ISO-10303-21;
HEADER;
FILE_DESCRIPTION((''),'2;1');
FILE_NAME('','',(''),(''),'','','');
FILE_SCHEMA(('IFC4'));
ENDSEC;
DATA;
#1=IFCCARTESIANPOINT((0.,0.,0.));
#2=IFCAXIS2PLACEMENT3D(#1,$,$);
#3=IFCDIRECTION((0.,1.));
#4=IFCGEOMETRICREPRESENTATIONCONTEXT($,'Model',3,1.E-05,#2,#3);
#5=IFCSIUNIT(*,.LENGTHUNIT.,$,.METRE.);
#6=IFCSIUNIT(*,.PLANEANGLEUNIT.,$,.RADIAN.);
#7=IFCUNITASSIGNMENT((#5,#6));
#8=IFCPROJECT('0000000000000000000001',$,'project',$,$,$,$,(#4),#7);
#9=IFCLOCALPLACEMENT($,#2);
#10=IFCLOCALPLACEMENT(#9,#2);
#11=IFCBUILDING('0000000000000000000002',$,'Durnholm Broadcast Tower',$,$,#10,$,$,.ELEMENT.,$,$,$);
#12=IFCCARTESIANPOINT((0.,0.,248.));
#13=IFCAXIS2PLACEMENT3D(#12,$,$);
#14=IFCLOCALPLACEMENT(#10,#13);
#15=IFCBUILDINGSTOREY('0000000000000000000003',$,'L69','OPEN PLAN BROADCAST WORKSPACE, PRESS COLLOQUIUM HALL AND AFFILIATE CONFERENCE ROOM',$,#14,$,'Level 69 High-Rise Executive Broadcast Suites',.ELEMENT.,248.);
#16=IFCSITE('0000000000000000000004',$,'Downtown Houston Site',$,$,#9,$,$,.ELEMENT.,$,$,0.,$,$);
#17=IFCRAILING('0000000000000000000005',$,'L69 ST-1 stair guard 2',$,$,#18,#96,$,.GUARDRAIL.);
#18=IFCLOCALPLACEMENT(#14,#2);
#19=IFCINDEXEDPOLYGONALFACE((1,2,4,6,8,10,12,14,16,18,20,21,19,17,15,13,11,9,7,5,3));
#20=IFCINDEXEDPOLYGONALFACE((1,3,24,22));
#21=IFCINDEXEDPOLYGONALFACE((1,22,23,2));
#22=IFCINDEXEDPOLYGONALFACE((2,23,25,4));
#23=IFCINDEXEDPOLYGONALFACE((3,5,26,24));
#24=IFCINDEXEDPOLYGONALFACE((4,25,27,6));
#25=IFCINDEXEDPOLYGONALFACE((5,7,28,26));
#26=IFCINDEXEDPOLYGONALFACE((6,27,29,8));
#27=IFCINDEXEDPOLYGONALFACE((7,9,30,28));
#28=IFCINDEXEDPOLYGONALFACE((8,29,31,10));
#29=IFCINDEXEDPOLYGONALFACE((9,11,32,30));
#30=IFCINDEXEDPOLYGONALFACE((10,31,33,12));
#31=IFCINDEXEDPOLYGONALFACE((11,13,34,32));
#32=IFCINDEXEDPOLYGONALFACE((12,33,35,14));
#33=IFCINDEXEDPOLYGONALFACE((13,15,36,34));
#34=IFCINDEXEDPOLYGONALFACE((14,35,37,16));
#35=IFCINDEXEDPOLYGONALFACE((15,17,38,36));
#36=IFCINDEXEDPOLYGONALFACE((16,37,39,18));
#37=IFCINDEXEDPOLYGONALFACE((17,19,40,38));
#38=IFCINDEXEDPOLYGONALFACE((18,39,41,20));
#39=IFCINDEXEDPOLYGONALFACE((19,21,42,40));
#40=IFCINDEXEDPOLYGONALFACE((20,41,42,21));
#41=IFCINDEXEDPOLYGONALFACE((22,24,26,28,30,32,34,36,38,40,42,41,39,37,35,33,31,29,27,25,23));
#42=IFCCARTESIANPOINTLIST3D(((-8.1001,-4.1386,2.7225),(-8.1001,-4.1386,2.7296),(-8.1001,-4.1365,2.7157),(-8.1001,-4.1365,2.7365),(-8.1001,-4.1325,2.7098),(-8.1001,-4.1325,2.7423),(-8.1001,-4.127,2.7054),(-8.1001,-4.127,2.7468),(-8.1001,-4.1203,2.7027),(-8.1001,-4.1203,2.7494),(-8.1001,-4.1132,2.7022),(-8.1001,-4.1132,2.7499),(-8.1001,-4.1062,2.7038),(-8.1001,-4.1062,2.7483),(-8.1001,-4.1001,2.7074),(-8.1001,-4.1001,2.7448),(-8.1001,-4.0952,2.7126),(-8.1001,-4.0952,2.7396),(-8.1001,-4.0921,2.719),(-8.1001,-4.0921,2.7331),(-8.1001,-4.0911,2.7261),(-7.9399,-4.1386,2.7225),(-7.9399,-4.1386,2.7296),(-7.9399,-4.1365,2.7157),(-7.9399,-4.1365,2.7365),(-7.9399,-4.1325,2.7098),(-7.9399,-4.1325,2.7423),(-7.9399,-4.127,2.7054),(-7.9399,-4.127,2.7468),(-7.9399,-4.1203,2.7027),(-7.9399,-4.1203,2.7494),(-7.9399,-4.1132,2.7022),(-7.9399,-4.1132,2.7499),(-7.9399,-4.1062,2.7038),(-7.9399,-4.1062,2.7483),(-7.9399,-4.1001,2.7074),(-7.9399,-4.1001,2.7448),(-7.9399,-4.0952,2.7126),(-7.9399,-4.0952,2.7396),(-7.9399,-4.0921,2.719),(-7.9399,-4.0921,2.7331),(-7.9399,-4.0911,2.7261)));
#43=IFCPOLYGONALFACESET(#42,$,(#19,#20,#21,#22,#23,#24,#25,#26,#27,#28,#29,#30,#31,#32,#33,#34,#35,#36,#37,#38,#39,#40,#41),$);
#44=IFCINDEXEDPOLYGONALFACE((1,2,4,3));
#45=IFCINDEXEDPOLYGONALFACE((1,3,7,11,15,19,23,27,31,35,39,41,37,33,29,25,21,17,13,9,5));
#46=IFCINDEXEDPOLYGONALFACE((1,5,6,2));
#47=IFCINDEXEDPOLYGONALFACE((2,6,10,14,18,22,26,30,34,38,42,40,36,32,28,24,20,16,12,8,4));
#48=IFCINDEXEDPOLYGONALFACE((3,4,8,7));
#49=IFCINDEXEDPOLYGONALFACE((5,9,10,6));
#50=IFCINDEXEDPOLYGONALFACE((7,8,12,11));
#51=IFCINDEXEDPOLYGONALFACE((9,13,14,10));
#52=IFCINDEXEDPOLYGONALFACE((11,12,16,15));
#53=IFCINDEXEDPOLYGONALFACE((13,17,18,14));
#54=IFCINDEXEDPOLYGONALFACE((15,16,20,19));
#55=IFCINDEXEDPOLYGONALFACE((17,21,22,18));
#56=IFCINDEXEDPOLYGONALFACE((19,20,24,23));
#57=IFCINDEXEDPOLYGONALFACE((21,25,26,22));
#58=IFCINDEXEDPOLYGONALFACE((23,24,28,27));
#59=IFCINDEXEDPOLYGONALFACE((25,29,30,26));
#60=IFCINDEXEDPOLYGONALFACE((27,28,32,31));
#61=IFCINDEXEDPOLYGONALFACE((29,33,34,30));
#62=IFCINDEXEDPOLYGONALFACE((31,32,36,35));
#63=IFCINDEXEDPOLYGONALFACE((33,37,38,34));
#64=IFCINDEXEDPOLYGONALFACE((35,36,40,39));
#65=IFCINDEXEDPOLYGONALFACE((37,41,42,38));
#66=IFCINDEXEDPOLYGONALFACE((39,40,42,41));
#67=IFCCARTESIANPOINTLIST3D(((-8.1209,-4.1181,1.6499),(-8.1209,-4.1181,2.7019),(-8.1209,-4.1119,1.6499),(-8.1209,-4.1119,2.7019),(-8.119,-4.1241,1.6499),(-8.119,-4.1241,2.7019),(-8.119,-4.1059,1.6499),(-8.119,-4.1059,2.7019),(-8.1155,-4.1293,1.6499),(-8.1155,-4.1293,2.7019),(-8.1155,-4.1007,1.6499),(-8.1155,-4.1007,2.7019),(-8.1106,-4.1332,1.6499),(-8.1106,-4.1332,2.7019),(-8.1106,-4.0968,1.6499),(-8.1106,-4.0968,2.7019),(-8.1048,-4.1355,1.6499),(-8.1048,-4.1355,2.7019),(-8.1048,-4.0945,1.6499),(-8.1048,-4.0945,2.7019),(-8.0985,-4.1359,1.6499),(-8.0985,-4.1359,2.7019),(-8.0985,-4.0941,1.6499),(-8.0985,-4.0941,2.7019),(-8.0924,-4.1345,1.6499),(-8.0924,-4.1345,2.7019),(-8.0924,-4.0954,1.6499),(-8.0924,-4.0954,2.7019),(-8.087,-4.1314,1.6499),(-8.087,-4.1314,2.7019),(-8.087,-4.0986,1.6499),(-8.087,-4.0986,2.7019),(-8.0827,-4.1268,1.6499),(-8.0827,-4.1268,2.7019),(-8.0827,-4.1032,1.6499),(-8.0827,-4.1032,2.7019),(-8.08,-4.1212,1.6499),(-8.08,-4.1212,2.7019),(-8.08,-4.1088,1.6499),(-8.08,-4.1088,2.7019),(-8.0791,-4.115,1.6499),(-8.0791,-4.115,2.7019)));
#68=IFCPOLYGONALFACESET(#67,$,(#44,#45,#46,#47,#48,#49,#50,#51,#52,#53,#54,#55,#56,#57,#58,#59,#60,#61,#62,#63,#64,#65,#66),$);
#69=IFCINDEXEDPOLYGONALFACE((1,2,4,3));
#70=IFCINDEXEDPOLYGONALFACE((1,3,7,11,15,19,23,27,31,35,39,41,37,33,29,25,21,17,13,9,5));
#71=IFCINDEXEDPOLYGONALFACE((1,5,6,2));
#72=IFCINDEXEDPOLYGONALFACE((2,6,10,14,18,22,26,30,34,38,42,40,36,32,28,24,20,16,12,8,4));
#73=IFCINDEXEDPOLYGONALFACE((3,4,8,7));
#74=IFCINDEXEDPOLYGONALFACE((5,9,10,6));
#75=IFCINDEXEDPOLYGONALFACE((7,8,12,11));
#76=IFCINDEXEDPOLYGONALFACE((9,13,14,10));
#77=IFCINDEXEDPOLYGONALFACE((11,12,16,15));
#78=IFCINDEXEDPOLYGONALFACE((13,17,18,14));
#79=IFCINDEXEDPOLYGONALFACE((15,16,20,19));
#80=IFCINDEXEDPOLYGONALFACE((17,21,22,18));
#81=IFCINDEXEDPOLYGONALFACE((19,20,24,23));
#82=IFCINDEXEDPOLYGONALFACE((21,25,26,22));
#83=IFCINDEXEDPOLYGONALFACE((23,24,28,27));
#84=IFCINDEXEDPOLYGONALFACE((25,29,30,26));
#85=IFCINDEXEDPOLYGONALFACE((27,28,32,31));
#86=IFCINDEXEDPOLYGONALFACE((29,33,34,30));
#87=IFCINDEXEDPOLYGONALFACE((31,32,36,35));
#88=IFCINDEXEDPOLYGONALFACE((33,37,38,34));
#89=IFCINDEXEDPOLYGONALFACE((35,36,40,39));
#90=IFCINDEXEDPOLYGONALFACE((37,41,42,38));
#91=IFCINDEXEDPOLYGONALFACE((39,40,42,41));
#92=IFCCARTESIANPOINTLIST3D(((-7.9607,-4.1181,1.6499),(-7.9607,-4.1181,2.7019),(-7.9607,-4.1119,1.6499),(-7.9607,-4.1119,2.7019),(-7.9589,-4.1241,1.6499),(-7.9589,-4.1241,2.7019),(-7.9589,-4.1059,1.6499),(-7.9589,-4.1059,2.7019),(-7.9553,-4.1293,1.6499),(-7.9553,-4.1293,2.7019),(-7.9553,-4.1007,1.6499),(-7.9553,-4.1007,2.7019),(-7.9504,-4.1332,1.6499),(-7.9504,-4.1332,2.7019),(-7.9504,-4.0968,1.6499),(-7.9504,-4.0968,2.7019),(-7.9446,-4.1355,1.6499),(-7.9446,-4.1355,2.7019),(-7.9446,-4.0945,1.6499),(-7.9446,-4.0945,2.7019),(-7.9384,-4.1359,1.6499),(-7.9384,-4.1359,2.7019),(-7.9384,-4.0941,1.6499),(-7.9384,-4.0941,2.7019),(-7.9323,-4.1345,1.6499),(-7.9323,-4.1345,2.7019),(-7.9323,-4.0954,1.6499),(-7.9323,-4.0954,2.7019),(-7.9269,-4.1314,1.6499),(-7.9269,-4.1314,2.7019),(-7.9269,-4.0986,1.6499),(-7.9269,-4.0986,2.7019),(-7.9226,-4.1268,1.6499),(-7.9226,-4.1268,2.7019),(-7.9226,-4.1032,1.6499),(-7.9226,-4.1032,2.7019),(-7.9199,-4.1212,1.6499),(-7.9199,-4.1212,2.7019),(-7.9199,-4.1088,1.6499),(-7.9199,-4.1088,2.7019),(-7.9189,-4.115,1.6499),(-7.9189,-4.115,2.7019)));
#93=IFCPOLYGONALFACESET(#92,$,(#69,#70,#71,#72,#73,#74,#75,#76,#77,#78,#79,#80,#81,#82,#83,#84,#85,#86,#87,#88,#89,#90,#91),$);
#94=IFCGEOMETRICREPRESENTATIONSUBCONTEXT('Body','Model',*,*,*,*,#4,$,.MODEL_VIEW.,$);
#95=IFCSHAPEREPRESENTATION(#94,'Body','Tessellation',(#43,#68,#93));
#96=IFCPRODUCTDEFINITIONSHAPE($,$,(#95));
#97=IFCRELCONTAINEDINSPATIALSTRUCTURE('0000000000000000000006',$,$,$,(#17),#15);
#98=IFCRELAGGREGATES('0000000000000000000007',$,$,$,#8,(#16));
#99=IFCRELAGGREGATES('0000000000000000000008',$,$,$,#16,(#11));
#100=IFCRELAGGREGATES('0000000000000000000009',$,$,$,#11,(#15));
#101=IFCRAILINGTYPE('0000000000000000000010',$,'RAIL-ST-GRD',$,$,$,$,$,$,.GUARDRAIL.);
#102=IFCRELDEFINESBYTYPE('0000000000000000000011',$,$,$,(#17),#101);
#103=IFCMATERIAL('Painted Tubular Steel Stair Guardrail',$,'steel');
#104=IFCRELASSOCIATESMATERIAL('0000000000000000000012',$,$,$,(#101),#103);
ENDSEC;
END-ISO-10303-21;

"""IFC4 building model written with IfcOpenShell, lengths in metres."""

from ifc_helpers import new_model, si_unit, direction, frame, origin, origin_2d, place, context, subcontext, project, spatial, circle, extrude, material, type_object, element, save


model = new_model("IFC4")

# Units and contexts
model_context = context("Model", 3, precision=1e-05, world=origin(), true_north=direction((0.0, 1.0)))
body_context = subcontext(model_context, "Body", "Model", "MODEL_VIEW")
ifc_project = project(units=[si_unit("LENGTHUNIT", "METRE"), si_unit("PLANEANGLEUNIT", "RADIAN")], contexts=[model_context])

# Site, building, storey
site_placement = place(None, origin())
site = spatial("IfcSite", under=ifc_project, at=site_placement, Name="Downtown Houston Site", CompositionType="ELEMENT", RefElevation=0.0)
building_placement = place(site_placement, origin())
building = spatial("IfcBuilding", under=site, at=building_placement, Name="Durnholm Broadcast Tower", CompositionType="ELEMENT")
storey_placement = place(building_placement, frame((0.0, 0.0, 248.0)))
storey = spatial("IfcBuildingStorey", under=building, at=storey_placement, Name="L69", Description="OPEN PLAN BROADCAST WORKSPACE, PRESS COLLOQUIUM HALL AND AFFILIATE CONFERENCE ROOM", LongName="Level 69 High-Rise Executive Broadcast Suites", CompositionType="ELEMENT", Elevation=248.0)

# Railing
ifc_material_1 = material(Name="Painted Tubular Steel Stair Guardrail", Category="steel")
railing_type_1 = type_object("IfcRailingType", Name="RAIL-ST-GRD", PredefinedType="GUARDRAIL", material=ifc_material_1)
railing_1_placement = place(storey_placement, frame((-8.1001, -4.115, 1.6499)))
element("IfcRailing", 1, at=railing_1_placement, inside=storey, type_object=railing_type_1, Name="L69 ST-1 stair guard 2", PredefinedType="GUARDRAIL", context=body_context, shape_type="SweptSolid", body=[
    extrude(circle(Radius=0.0239, at=origin_2d()), frame((0.0, 0.0, 1.0762), z_axis=(1.0, 0.0, 0.0), x_axis=(0.0, 1.0, 0.0)), (0.0, 0.0, 1.0), 0.1602),
    extrude(circle(Radius=0.021, at=origin_2d()), origin(), (0.0, 0.0, 1.0), 1.052),
    extrude(circle(Radius=0.021, at=origin_2d()), frame((0.1602, 0.0, 0.0)), (0.0, 0.0, 1.0), 1.052),
])

save(model, "model.ifc")
